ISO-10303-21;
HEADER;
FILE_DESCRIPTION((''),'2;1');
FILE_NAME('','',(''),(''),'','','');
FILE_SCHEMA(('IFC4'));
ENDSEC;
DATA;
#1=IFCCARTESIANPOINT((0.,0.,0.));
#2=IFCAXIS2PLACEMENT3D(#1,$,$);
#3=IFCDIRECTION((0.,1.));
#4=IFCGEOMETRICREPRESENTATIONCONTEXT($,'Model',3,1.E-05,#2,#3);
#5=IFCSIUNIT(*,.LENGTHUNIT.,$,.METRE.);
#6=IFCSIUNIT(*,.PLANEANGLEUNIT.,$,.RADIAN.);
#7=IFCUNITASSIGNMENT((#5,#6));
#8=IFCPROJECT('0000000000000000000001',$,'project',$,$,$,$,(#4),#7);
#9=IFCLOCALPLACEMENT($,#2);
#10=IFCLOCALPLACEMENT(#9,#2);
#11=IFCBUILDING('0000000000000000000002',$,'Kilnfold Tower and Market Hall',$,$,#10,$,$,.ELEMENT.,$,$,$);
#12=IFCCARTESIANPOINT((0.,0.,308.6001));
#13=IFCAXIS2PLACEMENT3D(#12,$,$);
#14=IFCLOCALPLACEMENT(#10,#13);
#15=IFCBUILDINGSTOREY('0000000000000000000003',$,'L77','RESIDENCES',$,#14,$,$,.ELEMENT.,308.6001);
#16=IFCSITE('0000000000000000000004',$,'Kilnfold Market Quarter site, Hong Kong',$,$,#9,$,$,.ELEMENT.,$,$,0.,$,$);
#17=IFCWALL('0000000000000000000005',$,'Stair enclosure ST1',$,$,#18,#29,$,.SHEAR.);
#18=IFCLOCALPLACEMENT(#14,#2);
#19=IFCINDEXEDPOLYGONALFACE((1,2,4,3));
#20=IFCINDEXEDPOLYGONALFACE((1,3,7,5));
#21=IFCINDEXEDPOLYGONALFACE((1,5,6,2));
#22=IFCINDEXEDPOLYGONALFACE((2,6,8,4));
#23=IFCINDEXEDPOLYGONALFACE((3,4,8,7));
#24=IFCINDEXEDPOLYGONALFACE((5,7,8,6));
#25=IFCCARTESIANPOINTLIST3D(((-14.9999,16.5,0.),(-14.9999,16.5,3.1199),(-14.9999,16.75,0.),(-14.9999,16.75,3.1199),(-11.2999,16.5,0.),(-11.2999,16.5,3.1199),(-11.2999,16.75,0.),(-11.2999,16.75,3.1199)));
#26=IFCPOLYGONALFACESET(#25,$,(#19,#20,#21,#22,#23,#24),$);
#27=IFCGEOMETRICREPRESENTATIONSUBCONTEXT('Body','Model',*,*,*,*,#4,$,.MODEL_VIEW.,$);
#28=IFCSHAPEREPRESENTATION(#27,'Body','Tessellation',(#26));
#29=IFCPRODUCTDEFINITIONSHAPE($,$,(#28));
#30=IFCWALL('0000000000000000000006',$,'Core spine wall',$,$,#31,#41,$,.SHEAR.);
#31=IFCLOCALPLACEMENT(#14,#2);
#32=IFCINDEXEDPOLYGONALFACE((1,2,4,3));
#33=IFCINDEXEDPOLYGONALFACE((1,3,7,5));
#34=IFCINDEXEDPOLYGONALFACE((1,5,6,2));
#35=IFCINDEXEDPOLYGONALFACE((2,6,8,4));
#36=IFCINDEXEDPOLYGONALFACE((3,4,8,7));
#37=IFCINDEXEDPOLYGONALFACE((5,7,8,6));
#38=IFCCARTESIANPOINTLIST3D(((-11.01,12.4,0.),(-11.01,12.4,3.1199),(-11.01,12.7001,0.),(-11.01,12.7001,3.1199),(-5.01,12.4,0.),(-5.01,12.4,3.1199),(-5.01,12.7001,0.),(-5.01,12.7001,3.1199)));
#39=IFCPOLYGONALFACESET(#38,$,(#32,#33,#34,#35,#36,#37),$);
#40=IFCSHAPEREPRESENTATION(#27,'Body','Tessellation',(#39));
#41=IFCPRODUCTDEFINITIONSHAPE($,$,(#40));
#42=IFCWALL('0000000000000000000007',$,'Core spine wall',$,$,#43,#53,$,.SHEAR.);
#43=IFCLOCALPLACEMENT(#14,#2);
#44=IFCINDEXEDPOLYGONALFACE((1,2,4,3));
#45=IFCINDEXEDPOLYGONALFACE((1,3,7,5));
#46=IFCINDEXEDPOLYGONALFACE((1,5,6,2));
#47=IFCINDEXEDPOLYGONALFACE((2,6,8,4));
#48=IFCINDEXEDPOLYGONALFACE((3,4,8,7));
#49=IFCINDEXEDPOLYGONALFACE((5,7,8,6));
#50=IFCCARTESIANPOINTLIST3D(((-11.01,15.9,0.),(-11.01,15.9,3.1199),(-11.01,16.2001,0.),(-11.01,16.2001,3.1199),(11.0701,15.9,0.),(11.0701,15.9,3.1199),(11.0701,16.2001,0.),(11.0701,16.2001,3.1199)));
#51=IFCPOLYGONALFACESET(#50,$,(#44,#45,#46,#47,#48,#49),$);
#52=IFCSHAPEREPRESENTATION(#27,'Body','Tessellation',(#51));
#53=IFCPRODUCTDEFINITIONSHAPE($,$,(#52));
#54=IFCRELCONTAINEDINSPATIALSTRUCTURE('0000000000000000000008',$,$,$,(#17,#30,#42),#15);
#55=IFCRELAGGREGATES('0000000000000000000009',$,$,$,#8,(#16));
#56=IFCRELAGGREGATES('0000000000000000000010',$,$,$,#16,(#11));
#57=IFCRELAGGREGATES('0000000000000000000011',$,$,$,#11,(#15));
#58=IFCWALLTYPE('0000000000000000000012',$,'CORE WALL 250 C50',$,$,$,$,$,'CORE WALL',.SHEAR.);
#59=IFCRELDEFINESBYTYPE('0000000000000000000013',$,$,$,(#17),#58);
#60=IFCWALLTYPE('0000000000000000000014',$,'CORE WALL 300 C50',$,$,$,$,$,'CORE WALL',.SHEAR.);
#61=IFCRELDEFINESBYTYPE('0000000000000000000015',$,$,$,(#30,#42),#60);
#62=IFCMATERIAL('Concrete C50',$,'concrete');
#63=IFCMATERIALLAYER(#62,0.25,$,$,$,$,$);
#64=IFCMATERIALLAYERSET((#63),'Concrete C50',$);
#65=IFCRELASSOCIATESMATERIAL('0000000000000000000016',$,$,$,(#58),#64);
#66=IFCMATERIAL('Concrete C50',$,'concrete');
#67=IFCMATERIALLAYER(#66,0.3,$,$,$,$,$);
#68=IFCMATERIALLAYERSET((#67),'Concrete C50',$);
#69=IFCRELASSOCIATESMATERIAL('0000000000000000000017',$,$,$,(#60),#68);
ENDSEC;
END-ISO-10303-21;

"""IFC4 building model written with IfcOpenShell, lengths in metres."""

from ifc_helpers import new_model, si_unit, direction, frame, frame_2d, origin, place, context, subcontext, project, spatial, rectangle, extrude, source, transform, mapped, material, layer, layer_set, type_object, element, save


model = new_model("IFC4")

# Units and contexts
model_context = context("Model", 3, precision=1e-05, world=origin(), true_north=direction((0.0, 1.0)))
body_context = subcontext(model_context, "Body", "Model", "MODEL_VIEW")
ifc_project = project(units=[si_unit("LENGTHUNIT", "METRE"), si_unit("PLANEANGLEUNIT", "RADIAN")], contexts=[model_context])

# Site, building, storey
site_placement = place(None, origin())
site = spatial("IfcSite", under=ifc_project, at=site_placement, Name="Kilnfold Market Quarter site, Hong Kong", CompositionType="ELEMENT", RefElevation=0.0)
building_placement = place(site_placement, origin())
building = spatial("IfcBuilding", under=site, at=building_placement, Name="Kilnfold Tower and Market Hall", CompositionType="ELEMENT")
storey_placement = place(building_placement, frame((0.0, 0.0, 308.6001)))
storey = spatial("IfcBuildingStorey", under=building, at=storey_placement, Name="L77", Description="RESIDENCES", CompositionType="ELEMENT", Elevation=308.6001)

# Walls
ifc_material_1 = material(Name="Concrete C50", Category="concrete")
ifc_layer_1 = layer(ifc_material_1, 0.25)
ifc_layer_set_1 = layer_set([ifc_layer_1], Name="Concrete C50")
wall_type_1 = type_object("IfcWallType", Name="CORE WALL 250 C50", ElementType="CORE WALL", PredefinedType="SHEAR", material=ifc_layer_set_1)
shared_shape_1 = source(origin(), body_context, "Body", "SweptSolid", [
    extrude(rectangle(XDim=3.7, YDim=0.25, at=frame_2d((1.8501, 0.0))), origin(), (0.0, 0.0, 1.0), 3.1199),
])
wall_1_placement = place(storey_placement, frame((-15.0, 16.625, 0.0), z_axis=(0.0, 0.0, 1.0), x_axis=(1.0, 0.0, 0.0)))
element("IfcWall", 1, at=wall_1_placement, inside=storey, type_object=wall_type_1, Name="Stair enclosure ST1", PredefinedType="SHEAR", context=body_context, shape_type="MappedRepresentation", body=[
    mapped(shared_shape_1, transform((0.0, 0.0, 0.0))),
])
ifc_material_2 = material(Name="Concrete C50", Category="concrete")
ifc_layer_2 = layer(ifc_material_2, 0.3)
ifc_layer_set_2 = layer_set([ifc_layer_2], Name="Concrete C50")
wall_type_2 = type_object("IfcWallType", Name="CORE WALL 300 C50", ElementType="CORE WALL", PredefinedType="SHEAR", material=ifc_layer_set_2)
shared_shape_2 = source(origin(), body_context, "Body", "SweptSolid", [
    extrude(rectangle(XDim=6.0, YDim=0.3, at=frame_2d((3.0, 0.0))), origin(), (0.0, 0.0, 1.0), 3.1199),
])
wall_2_placement = place(storey_placement, frame((-11.01, 12.55, 0.0), z_axis=(0.0, 0.0, 1.0), x_axis=(1.0, 0.0, 0.0)))
element("IfcWall", 2, at=wall_2_placement, inside=storey, type_object=wall_type_2, Name="Core spine wall", PredefinedType="SHEAR", context=body_context, shape_type="MappedRepresentation", body=[
    mapped(shared_shape_2, transform((0.0, 0.0, 0.0))),
])
shared_shape_3 = source(origin(), body_context, "Body", "SweptSolid", [
    extrude(rectangle(XDim=22.0801, YDim=0.3, at=frame_2d((11.04, 0.0))), origin(), (0.0, 0.0, 1.0), 3.1199),
])
wall_3_placement = place(storey_placement, frame((-11.01, 16.05, 0.0), z_axis=(0.0, 0.0, 1.0), x_axis=(1.0, 0.0, 0.0)))
element("IfcWall", 3, at=wall_3_placement, inside=storey, type_object=wall_type_2, Name="Core spine wall", PredefinedType="SHEAR", context=body_context, shape_type="MappedRepresentation", body=[
    mapped(shared_shape_3, transform((0.0, 0.0, 0.0))),
])

save(model, "model.ifc")
